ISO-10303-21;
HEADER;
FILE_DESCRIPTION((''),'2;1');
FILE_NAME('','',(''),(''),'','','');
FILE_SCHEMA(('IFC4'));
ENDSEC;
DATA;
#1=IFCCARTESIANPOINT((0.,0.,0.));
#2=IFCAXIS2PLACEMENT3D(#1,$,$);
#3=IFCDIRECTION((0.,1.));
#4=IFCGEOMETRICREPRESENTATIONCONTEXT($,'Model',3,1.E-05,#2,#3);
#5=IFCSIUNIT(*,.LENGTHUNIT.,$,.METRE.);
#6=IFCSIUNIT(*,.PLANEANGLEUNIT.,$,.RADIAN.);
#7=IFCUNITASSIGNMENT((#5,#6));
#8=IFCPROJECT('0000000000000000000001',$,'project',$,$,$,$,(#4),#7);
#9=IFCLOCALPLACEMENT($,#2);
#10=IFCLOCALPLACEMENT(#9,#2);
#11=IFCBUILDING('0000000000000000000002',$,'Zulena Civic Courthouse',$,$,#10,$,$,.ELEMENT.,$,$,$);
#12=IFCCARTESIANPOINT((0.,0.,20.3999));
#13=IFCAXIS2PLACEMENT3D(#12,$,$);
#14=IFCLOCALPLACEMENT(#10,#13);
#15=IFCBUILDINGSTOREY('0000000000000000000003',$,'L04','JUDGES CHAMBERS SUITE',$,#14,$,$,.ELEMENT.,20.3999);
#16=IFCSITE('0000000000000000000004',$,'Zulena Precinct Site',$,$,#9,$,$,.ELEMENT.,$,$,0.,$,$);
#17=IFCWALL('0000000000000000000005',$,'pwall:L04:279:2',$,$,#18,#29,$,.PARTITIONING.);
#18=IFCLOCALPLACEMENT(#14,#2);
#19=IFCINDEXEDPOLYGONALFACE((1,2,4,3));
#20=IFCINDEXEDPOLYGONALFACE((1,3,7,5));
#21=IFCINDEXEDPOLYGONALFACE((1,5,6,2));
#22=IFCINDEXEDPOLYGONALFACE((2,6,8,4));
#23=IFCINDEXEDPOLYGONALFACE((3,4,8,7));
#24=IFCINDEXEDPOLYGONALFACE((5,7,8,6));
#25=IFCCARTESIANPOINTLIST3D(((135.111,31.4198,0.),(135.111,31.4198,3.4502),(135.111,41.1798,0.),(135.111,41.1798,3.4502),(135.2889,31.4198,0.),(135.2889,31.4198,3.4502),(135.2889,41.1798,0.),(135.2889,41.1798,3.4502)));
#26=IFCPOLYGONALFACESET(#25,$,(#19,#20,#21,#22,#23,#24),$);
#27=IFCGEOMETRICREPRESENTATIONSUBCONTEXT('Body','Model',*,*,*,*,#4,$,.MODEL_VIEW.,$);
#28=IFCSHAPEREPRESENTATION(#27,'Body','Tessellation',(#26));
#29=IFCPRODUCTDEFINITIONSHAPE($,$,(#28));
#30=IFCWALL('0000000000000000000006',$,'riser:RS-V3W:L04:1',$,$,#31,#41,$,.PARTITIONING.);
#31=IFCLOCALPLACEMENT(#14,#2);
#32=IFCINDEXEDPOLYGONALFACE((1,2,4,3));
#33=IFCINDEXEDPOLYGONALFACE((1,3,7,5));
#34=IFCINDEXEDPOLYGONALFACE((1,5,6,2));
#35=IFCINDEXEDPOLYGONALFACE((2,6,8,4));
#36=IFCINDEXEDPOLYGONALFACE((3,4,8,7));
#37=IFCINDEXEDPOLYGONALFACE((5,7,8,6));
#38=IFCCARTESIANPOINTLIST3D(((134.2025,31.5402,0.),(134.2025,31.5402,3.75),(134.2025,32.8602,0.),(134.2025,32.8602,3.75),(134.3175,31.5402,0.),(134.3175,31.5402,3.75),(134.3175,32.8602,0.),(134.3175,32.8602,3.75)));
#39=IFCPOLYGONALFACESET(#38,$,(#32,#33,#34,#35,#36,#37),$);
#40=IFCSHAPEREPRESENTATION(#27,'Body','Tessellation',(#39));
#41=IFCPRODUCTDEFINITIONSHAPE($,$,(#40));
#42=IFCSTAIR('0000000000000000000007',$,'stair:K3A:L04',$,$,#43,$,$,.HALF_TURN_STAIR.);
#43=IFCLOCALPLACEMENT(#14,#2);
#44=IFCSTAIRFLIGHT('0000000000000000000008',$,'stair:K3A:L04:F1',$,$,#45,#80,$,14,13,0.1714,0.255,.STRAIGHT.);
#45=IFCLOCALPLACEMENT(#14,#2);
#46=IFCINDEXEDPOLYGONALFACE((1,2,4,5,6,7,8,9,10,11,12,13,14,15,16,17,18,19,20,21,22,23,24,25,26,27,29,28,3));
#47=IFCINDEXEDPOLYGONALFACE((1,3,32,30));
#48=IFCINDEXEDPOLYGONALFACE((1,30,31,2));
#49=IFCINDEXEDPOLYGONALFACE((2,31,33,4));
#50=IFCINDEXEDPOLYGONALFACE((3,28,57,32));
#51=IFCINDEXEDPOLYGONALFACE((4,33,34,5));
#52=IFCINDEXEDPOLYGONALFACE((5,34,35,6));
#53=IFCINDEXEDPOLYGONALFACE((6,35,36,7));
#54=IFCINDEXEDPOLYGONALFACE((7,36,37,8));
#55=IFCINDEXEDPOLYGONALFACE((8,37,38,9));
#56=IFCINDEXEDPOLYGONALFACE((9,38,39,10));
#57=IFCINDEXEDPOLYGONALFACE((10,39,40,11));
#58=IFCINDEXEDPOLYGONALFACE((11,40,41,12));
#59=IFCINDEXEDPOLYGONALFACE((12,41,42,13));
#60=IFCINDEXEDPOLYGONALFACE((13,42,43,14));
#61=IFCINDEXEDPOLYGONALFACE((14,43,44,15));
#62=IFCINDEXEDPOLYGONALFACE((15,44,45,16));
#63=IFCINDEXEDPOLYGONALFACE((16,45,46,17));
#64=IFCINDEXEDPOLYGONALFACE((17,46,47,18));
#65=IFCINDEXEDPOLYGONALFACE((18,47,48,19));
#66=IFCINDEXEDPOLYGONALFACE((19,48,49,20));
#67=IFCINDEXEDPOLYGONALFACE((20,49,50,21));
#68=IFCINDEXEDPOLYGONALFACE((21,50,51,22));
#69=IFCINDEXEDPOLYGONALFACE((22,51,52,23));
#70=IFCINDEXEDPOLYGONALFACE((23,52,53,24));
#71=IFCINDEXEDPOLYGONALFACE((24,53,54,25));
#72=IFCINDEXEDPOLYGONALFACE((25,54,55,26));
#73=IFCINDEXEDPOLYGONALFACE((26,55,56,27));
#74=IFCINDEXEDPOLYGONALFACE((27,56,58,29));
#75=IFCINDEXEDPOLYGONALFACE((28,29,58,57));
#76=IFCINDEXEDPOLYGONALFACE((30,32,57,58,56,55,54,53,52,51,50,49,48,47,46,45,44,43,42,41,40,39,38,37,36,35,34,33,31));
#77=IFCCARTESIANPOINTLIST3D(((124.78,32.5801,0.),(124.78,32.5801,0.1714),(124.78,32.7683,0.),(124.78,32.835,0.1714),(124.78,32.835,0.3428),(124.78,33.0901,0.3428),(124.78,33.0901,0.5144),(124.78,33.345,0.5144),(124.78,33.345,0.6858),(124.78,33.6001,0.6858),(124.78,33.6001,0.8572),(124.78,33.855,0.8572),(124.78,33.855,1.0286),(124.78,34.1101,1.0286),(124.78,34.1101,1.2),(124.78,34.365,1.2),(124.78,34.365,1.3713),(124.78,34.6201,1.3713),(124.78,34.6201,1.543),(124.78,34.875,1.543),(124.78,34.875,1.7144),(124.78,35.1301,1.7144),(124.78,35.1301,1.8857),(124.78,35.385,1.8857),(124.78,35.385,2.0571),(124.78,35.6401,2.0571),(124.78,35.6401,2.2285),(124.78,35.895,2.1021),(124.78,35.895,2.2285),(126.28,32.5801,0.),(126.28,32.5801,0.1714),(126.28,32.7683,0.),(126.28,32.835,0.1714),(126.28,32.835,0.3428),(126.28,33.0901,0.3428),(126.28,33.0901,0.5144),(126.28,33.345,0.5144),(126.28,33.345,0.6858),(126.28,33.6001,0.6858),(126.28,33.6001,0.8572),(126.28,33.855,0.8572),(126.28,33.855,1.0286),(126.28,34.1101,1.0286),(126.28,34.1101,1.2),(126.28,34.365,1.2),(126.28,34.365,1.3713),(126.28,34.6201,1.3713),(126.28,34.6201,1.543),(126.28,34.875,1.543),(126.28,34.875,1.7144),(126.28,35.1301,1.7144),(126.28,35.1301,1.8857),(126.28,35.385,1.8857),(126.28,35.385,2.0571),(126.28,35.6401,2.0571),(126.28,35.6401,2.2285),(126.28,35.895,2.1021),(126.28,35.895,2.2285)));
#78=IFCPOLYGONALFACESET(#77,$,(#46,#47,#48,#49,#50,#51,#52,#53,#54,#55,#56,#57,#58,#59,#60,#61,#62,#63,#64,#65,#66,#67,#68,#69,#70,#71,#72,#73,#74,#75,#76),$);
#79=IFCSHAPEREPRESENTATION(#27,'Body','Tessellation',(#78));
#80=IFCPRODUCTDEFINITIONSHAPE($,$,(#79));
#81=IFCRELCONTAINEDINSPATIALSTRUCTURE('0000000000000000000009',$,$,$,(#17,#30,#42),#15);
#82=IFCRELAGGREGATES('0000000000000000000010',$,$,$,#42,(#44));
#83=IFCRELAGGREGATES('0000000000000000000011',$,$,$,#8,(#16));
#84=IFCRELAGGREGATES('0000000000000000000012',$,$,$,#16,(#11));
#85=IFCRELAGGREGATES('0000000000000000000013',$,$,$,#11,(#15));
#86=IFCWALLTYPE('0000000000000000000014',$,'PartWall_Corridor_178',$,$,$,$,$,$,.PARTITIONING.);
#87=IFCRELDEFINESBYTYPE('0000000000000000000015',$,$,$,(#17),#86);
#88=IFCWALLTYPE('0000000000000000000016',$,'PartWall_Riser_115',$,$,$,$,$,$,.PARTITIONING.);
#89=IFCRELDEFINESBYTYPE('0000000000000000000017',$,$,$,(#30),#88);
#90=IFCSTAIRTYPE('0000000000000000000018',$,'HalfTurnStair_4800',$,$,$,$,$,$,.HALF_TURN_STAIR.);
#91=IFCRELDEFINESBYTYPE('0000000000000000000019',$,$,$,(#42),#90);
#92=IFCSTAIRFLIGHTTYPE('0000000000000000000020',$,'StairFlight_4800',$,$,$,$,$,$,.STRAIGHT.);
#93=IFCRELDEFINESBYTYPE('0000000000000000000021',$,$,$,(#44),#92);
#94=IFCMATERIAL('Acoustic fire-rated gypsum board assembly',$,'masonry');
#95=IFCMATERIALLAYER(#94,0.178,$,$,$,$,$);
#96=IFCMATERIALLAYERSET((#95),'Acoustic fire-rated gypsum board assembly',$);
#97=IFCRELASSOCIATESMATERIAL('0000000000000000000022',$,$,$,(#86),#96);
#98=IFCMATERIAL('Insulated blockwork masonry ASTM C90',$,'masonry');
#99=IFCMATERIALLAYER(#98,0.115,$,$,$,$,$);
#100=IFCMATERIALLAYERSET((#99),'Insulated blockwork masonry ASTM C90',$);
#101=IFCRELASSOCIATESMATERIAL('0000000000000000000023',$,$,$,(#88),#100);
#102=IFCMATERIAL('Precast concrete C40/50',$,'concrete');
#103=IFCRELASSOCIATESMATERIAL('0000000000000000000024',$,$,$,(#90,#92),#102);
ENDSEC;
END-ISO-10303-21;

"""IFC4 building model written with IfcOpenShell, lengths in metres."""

from ifc_helpers import new_model, si_unit, direction, frame, frame_2d, origin, place, context, subcontext, project, spatial, polyline, rectangle, outline, extrude, material, layer, layer_set, type_object, element, aggregate, save


model = new_model("IFC4")

# Units and contexts
model_context = context("Model", 3, precision=1e-05, world=origin(), true_north=direction((0.0, 1.0)))
body_context = subcontext(model_context, "Body", "Model", "MODEL_VIEW")
ifc_project = project(units=[si_unit("LENGTHUNIT", "METRE"), si_unit("PLANEANGLEUNIT", "RADIAN")], contexts=[model_context])

# Site, building, storey
site_placement = place(None, origin())
site = spatial("IfcSite", under=ifc_project, at=site_placement, Name="Zulena Precinct Site", CompositionType="ELEMENT", RefElevation=0.0)
building_placement = place(site_placement, origin())
building = spatial("IfcBuilding", under=site, at=building_placement, Name="Zulena Civic Courthouse", CompositionType="ELEMENT")
storey_placement = place(building_placement, frame((0.0, 0.0, 20.3999)))
storey = spatial("IfcBuildingStorey", under=building, at=storey_placement, Name="L04", Description="JUDGES CHAMBERS SUITE", CompositionType="ELEMENT", Elevation=20.3999)

# Walls
ifc_material_1 = material(Name="Acoustic fire-rated gypsum board assembly", Category="masonry")
ifc_layer_1 = layer(ifc_material_1, 0.178)
ifc_layer_set_1 = layer_set([ifc_layer_1], Name="Acoustic fire-rated gypsum board assembly")
wall_type_1 = type_object("IfcWallType", Name="PartWall_Corridor_178", PredefinedType="PARTITIONING", material=ifc_layer_set_1)
wall_1_placement = place(storey_placement, frame((135.2, 31.4199, 0.0), z_axis=(0.0, 0.0, 1.0), x_axis=(0.0, 1.0, 0.0)))
element("IfcWall", 1, at=wall_1_placement, inside=storey, type_object=wall_type_1, Name="pwall:L04:279:2", PredefinedType="PARTITIONING", context=body_context, shape_type="SweptSolid", body=[
    extrude(rectangle(XDim=9.76, YDim=0.178, at=frame_2d((4.8799, 0.0))), origin(), (0.0, 0.0, 1.0), 3.4502),
])
ifc_material_2 = material(Name="Insulated blockwork masonry ASTM C90", Category="masonry")
ifc_layer_2 = layer(ifc_material_2, 0.115)
ifc_layer_set_2 = layer_set([ifc_layer_2], Name="Insulated blockwork masonry ASTM C90")
wall_type_2 = type_object("IfcWallType", Name="PartWall_Riser_115", PredefinedType="PARTITIONING", material=ifc_layer_set_2)
for number, where, z_axis, x_axis, name in (
    (2, (134.26, 31.54, 0.0), (0.0, 0.0, 1.0), (0.0, 1.0, 0.0), "riser:RS-V3W:L04:1"),
):
    element("IfcWall", number, at=place(storey_placement, frame(where, z_axis=z_axis, x_axis=x_axis)), inside=storey, type_object=wall_type_2, Name=name, PredefinedType="PARTITIONING", context=body_context, shape_type="SweptSolid", body=[
        extrude(rectangle(XDim=1.3201, YDim=0.115, at=frame_2d((0.6602, 0.0))), origin(), (0.0, 0.0, 1.0), 3.75),
    ])

# Stair, stair flight
ifc_material_3 = material(Name="Precast concrete C40/50", Category="concrete")
stair_type = type_object("IfcStairType", Name="HalfTurnStair_4800", PredefinedType="HALF_TURN_STAIR", material=ifc_material_3)
stair_placement = place(storey_placement, origin())
stair = element("IfcStair", 3, at=stair_placement, inside=storey, type_object=stair_type, Name="stair:K3A:L04", PredefinedType="HALF_TURN_STAIR")
stair_flight_type = type_object("IfcStairFlightType", Name="StairFlight_4800", PredefinedType="STRAIGHT", material=ifc_material_3)
stair_flight_placement = place(storey_placement, frame((125.53, 32.5801, 0.0), z_axis=(0.0, 0.0, 1.0), x_axis=(0.0, 1.0, 0.0)))
stair_flight = element("IfcStairFlight", 4, at=stair_flight_placement, type_object=stair_flight_type, Name="stair:K3A:L04:F1", NumberOfRisers=14, NumberOfTreads=13, PredefinedType="STRAIGHT", RiserHeight=0.1714, TreadLength=0.255, context=body_context, shape_type="SweptSolid", body=[
    extrude(outline(polyline([(0.0, 0.0), (0.0, 0.1714), (0.2549, 0.1714), (0.2549, 0.3428), (0.51, 0.3428), (0.51, 0.5144), (0.7649, 0.5144), (0.7649, 0.6858), (1.02, 0.6858), (1.02, 0.8572), (1.2749, 0.8572), (1.2749, 1.0286), (1.53, 1.0286), (1.53, 1.2), (1.7849, 1.2), (1.7849, 1.3713), (2.04, 1.3713), (2.04, 1.543), (2.2949, 1.543), (2.2949, 1.7144), (2.55, 1.7144), (2.55, 1.8857), (2.8049, 1.8857), (2.8049, 2.0571), (3.0601, 2.0571), (3.0601, 2.2285), (3.3149, 2.2285), (3.3149, 2.3999), (3.3149, 2.1021), (0.1882, 0.0), (0.0, 0.0)])), frame((0.0, 0.75, 0.0), z_axis=(0.0, -1.0, 0.0), x_axis=(1.0, 0.0, 0.0)), (0.0, 0.0, 1.0), 1.5),
])
aggregate(stair, [stair_flight])

save(model, "model.ifc")
